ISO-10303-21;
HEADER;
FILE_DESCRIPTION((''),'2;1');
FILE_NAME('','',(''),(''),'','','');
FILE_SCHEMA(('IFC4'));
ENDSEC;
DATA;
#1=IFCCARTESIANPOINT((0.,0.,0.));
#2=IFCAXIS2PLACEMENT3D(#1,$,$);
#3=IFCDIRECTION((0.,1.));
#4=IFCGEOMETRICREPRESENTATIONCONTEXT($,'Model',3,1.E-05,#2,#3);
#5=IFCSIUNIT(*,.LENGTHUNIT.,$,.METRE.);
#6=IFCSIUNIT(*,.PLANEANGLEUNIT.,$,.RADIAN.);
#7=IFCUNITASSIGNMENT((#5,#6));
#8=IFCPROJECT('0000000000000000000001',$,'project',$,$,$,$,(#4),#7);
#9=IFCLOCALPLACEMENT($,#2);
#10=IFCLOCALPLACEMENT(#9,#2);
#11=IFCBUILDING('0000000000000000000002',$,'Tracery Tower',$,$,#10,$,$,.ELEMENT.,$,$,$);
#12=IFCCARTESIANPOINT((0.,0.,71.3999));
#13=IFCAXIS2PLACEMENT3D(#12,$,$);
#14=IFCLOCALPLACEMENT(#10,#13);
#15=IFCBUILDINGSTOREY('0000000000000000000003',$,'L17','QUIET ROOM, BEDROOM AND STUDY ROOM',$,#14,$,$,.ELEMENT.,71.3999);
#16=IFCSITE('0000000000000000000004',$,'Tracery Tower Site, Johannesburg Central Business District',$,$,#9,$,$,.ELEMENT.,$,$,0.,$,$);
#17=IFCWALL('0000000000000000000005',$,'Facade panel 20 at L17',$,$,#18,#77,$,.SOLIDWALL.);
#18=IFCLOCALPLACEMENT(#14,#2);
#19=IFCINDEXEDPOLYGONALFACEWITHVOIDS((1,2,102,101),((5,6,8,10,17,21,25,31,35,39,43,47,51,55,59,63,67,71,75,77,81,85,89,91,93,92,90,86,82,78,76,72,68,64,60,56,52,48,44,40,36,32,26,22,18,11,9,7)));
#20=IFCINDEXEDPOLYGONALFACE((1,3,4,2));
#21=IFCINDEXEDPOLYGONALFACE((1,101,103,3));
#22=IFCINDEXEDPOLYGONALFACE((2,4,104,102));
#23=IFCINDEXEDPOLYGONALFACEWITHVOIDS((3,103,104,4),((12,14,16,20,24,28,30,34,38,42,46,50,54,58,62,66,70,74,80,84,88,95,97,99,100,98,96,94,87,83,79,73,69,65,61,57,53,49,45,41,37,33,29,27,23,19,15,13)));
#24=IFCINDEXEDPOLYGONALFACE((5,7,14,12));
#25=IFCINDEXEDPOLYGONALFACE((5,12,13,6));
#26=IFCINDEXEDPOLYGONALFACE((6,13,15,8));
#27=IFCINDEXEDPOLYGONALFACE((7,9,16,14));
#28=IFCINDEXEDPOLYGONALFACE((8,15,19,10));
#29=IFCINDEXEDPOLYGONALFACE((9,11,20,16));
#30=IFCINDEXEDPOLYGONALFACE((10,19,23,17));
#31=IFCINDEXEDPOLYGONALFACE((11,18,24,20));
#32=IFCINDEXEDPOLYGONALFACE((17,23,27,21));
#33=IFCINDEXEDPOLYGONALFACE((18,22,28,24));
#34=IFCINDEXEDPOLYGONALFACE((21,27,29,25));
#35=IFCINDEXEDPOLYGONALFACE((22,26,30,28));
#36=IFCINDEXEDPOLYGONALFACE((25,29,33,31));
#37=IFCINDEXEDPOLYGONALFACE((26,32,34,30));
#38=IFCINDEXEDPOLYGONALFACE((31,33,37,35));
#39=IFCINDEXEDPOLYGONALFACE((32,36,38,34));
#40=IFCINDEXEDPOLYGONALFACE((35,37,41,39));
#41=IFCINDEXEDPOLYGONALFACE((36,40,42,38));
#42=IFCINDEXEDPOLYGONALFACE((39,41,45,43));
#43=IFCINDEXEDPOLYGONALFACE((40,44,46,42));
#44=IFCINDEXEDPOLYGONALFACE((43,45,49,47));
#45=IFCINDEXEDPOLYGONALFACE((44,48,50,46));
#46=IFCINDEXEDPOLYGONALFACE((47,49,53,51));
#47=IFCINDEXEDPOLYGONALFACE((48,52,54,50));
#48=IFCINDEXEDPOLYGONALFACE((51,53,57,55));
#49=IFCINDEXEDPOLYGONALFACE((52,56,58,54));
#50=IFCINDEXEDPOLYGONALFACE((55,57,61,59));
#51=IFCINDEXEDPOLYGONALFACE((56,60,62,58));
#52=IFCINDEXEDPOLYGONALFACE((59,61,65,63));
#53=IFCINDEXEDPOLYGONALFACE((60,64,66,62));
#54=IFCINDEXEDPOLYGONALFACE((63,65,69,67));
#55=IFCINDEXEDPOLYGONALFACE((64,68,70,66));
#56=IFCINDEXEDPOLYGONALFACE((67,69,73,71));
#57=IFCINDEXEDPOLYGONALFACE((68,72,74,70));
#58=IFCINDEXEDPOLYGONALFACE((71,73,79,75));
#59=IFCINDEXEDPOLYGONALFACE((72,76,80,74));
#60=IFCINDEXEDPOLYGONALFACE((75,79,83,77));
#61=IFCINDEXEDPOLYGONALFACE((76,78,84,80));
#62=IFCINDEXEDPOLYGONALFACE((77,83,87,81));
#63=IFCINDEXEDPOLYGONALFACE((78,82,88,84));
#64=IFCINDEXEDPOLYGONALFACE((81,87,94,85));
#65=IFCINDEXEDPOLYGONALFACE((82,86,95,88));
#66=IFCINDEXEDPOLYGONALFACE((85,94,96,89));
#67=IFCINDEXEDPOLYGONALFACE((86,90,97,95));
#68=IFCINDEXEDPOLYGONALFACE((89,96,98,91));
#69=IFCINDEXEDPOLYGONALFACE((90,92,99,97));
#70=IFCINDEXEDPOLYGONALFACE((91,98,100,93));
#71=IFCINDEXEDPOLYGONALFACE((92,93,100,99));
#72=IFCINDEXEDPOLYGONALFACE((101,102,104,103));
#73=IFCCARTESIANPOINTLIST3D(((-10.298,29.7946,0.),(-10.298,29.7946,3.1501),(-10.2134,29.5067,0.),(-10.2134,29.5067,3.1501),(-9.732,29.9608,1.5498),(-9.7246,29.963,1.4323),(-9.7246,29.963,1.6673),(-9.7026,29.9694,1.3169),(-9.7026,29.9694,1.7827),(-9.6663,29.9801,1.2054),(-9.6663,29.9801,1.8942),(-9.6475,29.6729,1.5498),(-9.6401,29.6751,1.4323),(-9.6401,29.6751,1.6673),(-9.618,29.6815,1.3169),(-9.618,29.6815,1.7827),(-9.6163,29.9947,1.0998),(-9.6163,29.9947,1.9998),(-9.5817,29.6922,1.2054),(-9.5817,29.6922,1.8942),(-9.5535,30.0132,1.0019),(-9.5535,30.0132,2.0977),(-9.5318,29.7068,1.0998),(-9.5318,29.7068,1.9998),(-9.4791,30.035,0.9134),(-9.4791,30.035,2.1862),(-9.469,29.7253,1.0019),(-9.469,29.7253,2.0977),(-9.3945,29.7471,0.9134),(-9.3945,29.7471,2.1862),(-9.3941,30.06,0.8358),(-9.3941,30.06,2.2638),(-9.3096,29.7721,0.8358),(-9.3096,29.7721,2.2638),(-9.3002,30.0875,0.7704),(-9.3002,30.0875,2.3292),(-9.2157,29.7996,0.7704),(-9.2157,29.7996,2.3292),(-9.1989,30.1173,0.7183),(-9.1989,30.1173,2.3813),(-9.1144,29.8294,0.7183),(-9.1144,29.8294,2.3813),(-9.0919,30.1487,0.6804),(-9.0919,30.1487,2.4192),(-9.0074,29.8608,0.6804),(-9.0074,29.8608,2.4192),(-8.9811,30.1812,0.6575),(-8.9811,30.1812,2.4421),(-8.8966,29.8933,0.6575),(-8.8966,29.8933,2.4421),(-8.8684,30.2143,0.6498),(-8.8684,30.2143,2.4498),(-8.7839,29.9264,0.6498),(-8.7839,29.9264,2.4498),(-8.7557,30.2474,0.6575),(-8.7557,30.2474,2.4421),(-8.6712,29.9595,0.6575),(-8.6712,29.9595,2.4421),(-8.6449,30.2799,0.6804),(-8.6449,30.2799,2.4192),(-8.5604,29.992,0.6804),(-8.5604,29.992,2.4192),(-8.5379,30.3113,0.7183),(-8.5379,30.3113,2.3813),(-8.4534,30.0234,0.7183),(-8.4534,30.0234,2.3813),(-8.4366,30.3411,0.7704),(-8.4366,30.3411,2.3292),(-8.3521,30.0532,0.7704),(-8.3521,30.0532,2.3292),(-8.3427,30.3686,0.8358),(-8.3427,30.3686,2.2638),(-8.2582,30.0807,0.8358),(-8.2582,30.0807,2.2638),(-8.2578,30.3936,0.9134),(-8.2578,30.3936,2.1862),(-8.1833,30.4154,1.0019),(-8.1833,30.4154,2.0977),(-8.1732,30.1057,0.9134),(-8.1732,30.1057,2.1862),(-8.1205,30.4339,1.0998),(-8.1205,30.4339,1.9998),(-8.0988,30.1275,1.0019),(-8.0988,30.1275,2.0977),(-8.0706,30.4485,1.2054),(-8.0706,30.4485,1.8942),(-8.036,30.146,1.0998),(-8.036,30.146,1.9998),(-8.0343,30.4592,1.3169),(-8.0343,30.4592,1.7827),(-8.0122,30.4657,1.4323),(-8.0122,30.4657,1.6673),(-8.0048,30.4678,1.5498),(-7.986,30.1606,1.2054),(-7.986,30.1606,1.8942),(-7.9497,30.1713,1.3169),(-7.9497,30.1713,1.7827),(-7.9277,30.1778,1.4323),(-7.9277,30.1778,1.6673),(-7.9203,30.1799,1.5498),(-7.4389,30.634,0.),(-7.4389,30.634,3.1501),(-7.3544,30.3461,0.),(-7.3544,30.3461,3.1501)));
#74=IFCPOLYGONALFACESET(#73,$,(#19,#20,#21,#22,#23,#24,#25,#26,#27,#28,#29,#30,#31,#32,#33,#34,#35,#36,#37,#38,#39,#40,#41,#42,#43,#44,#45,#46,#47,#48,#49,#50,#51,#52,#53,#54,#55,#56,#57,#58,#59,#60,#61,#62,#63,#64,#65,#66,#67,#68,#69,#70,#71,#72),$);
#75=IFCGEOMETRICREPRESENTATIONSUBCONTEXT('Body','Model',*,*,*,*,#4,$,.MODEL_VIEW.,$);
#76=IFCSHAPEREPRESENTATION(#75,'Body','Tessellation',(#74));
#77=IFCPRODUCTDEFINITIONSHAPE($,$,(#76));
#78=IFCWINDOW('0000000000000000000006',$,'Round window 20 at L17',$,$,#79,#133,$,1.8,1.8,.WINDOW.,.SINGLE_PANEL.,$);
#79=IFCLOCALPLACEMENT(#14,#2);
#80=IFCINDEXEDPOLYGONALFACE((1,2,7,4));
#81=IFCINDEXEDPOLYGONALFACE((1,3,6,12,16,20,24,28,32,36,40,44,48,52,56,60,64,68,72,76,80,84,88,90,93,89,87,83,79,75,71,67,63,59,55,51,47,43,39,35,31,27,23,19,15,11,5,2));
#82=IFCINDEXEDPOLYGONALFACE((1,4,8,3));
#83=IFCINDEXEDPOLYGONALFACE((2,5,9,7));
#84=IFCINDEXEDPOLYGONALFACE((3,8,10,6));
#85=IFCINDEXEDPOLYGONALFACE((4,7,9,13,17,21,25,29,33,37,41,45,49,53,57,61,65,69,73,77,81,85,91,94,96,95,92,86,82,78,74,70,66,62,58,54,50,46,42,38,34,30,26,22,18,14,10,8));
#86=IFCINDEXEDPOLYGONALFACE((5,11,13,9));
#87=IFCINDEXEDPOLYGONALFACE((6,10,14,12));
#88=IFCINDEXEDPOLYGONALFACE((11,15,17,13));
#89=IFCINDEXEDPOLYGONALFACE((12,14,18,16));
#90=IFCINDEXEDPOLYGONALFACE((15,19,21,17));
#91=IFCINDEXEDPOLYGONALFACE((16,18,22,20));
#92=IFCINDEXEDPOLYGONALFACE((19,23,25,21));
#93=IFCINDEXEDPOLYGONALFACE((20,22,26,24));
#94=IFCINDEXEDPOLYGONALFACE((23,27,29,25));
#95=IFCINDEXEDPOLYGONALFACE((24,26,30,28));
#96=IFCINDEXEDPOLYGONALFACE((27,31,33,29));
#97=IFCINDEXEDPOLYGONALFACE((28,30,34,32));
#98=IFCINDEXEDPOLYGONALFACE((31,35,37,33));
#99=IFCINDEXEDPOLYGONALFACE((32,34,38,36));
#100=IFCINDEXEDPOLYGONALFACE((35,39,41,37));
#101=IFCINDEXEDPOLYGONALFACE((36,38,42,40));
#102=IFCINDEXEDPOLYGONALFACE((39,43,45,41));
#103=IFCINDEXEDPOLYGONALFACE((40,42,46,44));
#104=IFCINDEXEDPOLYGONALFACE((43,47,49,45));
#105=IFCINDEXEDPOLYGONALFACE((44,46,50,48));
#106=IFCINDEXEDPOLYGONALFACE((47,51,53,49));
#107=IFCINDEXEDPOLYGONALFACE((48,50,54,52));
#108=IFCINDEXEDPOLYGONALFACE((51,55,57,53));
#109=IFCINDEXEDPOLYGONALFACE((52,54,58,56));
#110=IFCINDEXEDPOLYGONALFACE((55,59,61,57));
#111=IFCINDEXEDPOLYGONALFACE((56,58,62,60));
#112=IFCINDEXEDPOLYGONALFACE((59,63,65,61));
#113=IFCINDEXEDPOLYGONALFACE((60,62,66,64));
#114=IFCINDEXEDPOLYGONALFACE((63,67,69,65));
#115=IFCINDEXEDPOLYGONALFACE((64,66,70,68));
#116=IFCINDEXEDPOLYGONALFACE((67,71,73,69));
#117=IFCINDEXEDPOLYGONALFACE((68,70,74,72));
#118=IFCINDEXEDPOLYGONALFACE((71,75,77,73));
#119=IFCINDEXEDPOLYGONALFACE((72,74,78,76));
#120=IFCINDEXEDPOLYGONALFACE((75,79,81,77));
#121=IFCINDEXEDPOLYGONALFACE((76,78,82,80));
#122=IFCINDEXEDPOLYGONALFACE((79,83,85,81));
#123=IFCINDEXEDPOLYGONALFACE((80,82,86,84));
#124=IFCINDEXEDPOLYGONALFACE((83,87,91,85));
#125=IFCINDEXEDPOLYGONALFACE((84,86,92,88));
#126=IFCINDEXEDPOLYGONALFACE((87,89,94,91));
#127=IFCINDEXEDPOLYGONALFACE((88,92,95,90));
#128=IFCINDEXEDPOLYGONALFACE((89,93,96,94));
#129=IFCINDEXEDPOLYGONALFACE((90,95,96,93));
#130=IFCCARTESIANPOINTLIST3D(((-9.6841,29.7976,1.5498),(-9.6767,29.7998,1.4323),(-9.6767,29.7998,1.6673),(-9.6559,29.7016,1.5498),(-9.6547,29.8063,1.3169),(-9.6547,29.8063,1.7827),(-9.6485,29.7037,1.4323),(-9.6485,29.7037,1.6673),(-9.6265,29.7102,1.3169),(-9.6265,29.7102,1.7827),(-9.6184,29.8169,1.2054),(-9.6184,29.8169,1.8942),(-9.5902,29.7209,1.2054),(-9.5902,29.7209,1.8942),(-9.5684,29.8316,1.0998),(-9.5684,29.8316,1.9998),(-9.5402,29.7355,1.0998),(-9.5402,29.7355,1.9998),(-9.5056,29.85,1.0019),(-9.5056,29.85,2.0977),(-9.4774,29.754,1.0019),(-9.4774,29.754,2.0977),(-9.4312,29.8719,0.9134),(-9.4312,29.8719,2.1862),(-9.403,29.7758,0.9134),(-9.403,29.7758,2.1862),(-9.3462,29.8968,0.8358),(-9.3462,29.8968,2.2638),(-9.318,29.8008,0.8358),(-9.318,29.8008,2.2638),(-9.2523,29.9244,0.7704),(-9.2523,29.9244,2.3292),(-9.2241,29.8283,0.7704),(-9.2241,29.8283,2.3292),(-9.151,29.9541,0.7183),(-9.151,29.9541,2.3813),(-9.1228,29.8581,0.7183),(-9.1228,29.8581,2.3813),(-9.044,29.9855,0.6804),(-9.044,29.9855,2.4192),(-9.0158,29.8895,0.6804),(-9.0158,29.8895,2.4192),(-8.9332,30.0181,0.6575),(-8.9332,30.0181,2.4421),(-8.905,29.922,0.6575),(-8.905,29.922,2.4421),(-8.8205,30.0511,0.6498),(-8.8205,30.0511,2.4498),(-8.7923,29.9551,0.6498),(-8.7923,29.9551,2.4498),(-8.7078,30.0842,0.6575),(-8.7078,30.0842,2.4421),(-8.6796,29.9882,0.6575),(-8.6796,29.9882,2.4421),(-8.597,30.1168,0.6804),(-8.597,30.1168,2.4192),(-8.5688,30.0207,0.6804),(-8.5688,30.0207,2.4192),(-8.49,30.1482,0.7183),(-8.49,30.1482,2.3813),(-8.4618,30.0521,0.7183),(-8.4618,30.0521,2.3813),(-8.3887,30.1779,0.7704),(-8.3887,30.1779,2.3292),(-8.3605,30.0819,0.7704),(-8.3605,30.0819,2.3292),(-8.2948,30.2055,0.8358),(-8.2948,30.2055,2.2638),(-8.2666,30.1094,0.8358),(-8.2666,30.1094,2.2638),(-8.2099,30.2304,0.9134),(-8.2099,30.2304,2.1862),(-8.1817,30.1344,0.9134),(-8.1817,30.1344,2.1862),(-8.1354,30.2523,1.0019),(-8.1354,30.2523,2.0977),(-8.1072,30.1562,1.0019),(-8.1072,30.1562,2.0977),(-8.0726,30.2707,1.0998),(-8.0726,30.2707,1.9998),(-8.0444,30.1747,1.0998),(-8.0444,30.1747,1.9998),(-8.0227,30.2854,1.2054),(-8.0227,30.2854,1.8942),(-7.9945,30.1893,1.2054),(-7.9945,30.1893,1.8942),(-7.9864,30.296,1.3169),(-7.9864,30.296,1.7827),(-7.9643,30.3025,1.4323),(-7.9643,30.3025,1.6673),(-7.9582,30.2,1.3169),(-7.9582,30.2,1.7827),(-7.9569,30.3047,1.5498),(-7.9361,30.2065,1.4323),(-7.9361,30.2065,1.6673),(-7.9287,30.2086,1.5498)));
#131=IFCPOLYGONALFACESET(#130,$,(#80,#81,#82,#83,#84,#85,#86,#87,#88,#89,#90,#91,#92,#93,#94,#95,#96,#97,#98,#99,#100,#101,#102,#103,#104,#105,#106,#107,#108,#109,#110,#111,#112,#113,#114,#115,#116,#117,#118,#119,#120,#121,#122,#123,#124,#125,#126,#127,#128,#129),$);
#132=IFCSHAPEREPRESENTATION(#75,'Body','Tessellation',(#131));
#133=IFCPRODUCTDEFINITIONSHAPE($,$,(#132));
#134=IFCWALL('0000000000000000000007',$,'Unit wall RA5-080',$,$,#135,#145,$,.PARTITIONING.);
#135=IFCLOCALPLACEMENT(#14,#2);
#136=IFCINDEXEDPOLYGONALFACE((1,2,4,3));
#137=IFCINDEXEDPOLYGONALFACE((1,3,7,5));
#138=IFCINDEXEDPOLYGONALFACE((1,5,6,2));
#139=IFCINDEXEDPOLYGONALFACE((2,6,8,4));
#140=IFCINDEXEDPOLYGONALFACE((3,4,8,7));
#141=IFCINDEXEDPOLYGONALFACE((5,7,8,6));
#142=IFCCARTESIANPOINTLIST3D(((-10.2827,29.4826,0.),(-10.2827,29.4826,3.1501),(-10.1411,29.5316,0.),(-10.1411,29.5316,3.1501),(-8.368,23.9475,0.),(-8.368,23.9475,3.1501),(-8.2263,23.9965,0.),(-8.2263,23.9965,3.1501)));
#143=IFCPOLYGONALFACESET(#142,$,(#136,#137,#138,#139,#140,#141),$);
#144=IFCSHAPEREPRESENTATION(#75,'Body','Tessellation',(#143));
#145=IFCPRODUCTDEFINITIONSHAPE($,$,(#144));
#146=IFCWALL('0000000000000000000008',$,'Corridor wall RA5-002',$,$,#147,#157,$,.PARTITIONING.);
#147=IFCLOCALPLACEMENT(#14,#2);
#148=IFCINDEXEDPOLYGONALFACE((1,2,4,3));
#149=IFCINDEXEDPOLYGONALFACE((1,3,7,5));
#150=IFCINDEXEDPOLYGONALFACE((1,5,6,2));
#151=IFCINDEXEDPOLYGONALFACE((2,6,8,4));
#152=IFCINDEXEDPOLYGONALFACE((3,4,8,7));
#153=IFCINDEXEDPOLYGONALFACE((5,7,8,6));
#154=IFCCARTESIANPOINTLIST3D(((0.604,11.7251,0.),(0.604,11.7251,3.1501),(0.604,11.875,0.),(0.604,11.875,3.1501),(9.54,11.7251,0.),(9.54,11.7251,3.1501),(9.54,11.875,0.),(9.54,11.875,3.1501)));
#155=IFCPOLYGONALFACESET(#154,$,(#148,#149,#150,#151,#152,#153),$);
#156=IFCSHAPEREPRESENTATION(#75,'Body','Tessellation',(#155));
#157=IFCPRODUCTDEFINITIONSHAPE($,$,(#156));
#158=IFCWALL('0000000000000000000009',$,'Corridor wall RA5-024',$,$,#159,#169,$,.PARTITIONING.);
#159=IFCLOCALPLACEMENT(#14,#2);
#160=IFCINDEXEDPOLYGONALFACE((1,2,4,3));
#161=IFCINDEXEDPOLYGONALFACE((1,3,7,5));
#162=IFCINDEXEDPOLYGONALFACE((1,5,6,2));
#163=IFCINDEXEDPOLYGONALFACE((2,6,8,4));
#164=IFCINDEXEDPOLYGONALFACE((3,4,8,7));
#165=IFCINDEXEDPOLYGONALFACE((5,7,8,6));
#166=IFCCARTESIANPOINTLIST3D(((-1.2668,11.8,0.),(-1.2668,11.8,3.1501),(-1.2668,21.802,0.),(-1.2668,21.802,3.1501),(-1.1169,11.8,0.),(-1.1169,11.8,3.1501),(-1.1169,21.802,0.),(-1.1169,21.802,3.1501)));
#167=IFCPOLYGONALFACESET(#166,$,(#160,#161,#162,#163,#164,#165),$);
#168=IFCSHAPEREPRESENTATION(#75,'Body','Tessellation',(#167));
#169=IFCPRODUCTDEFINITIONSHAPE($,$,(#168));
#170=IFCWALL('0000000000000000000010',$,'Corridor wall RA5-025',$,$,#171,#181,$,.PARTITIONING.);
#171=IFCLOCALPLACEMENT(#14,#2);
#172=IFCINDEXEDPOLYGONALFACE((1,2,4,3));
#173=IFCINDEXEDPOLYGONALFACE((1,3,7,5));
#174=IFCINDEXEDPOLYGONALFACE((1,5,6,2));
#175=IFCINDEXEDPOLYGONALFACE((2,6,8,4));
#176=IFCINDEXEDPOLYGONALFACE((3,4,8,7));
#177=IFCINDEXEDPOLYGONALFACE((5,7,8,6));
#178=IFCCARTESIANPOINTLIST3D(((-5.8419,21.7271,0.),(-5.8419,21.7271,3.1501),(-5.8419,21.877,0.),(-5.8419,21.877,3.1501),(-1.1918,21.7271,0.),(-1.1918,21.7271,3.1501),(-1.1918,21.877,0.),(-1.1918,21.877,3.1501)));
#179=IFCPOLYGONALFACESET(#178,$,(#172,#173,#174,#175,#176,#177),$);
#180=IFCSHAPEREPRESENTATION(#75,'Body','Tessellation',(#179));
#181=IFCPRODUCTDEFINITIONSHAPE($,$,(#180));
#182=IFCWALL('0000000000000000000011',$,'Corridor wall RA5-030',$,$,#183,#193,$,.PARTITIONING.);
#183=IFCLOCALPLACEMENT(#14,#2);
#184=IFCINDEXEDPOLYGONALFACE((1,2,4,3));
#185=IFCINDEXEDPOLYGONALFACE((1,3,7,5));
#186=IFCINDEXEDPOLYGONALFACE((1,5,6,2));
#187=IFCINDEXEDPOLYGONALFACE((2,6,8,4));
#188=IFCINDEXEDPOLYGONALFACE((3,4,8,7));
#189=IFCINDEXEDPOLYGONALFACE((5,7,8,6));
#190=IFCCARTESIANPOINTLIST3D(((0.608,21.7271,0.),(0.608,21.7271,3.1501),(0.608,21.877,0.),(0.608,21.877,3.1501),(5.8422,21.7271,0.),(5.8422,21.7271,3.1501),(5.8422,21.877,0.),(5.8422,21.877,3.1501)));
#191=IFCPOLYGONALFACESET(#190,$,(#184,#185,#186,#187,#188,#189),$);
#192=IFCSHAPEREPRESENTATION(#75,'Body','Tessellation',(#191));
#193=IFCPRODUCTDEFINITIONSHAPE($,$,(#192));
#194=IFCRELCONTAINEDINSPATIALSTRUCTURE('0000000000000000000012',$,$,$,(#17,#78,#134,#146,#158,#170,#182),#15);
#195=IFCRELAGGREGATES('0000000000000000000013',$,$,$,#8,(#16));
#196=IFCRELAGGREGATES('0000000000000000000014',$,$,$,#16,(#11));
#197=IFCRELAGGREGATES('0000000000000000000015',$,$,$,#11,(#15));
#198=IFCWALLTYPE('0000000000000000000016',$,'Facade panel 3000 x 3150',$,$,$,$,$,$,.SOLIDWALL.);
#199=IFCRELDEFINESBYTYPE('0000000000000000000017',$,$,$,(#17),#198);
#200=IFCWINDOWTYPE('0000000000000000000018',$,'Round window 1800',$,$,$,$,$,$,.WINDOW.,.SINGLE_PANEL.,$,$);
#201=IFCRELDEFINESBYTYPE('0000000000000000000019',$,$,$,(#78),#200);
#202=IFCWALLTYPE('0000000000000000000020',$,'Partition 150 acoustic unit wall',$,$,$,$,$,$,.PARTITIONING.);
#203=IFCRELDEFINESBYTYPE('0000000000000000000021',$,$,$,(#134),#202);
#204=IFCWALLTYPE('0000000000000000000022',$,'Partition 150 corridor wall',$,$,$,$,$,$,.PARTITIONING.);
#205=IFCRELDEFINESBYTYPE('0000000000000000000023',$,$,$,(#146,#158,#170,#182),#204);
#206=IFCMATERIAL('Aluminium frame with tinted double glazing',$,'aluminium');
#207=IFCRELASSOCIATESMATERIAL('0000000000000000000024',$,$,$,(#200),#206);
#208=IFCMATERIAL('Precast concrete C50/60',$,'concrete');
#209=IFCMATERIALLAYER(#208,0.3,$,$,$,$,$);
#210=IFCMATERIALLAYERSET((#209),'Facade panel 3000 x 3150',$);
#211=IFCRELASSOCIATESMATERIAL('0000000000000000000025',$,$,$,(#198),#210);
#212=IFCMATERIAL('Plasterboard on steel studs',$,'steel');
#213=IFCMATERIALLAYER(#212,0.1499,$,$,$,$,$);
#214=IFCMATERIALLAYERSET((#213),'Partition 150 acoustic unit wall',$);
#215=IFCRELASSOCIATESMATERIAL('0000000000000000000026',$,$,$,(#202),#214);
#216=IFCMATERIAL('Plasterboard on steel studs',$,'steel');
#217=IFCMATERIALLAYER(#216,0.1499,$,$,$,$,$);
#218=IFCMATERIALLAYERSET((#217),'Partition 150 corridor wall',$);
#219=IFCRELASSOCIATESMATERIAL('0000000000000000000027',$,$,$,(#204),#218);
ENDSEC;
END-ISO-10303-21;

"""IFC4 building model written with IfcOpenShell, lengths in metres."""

from ifc_helpers import new_model, si_unit, direction, frame, frame_2d, origin, origin_2d, place, context, subcontext, project, spatial, rectangle, circle, extrude, material, layer, layer_set, type_object, element, fill, save


model = new_model("IFC4")

# Units and contexts
model_context = context("Model", 3, precision=1e-05, world=origin(), true_north=direction((0.0, 1.0)))
body_context = subcontext(model_context, "Body", "Model", "MODEL_VIEW")
ifc_project = project(units=[si_unit("LENGTHUNIT", "METRE"), si_unit("PLANEANGLEUNIT", "RADIAN")], contexts=[model_context])

# Site, building, storey
site_placement = place(None, origin())
site = spatial("IfcSite", under=ifc_project, at=site_placement, Name="Tracery Tower Site, Johannesburg Central Business District", CompositionType="ELEMENT", RefElevation=0.0)
building_placement = place(site_placement, origin())
building = spatial("IfcBuilding", under=site, at=building_placement, Name="Tracery Tower", CompositionType="ELEMENT")
storey_placement = place(building_placement, frame((0.0, 0.0, 71.3999)))
storey = spatial("IfcBuildingStorey", under=building, at=storey_placement, Name="L17", Description="QUIET ROOM, BEDROOM AND STUDY ROOM", CompositionType="ELEMENT", Elevation=71.3999)

# Wall, opening, window
ifc_material_1 = material(Name="Aluminium frame with tinted double glazing", Category="aluminium")
window_type = type_object("IfcWindowType", Name="Round window 1800", PartitioningType="SINGLE_PANEL", PredefinedType="WINDOW", material=ifc_material_1)
ifc_material_2 = material(Name="Precast concrete C50/60", Category="concrete")
ifc_layer_1 = layer(ifc_material_2, 0.3)
ifc_layer_set_1 = layer_set([ifc_layer_1], Name="Facade panel 3000 x 3150")
wall_type_1 = type_object("IfcWallType", Name="Facade panel 3000 x 3150", PredefinedType="SOLIDWALL", material=ifc_layer_set_1)
wall_1_placement = place(storey_placement, frame((-7.3967, 30.49, 0.0), z_axis=(0.0, 0.0, 1.0), x_axis=(-0.959508, -0.281683, 0.0)))
wall_1 = element("IfcWall", 1, at=wall_1_placement, inside=storey, type_object=wall_type_1, Name="Facade panel 20 at L17", PredefinedType="SOLIDWALL", context=body_context, shape_type="SweptSolid", body=[
    extrude(rectangle(XDim=2.9797, YDim=0.3, at=frame_2d((1.4897, 0.0))), origin(), (0.0, 0.0, 1.0), 3.1501),
])
opening_1_placement = place(wall_1_placement, frame((1.4897, 0.0, 1.5498)))
opening_1 = element("IfcOpeningElement", 2, at=opening_1_placement, cuts=wall_1, PredefinedType="OPENING", context=body_context, shape_type="SweptSolid", body=[
    extrude(circle(Radius=0.9, at=origin_2d()), frame((0.0, 0.1599, 0.0), z_axis=(0.0, -1.0, 0.0), x_axis=(1.0, 0.0, 0.0)), (0.0, 0.0, 1.0), 0.3201),
])
window_1_placement = place(opening_1_placement, origin())
window_1 = element("IfcWindow", 3, at=window_1_placement, inside=storey, type_object=window_type, Name="Round window 20 at L17", OverallHeight=1.8, OverallWidth=1.8, PartitioningType="SINGLE_PANEL", PredefinedType="WINDOW", context=body_context, shape_type="SweptSolid", body=[
    extrude(circle(Radius=0.9, at=origin_2d()), frame((0.0, 0.1201, 0.0), z_axis=(0.0, -1.0, 0.0), x_axis=(1.0, 0.0, 0.0)), (0.0, 0.0, 1.0), 0.1001),
])
fill(opening_1, window_1)

# Walls
ifc_material_3 = material(Name="Plasterboard on steel studs", Category="steel")
ifc_layer_2 = layer(ifc_material_3, 0.1499)
ifc_layer_set_2 = layer_set([ifc_layer_2], Name="Partition 150 acoustic unit wall")
wall_type_2 = type_object("IfcWallType", Name="Partition 150 acoustic unit wall", PredefinedType="PARTITIONING", material=ifc_layer_set_2)
wall_2_placement = place(storey_placement, frame((-10.2119, 29.5071, 0.0), z_axis=(0.0, 0.0, 1.0), x_axis=(0.326924, -0.94505, 0.0)))
element("IfcWall", 4, at=wall_2_placement, inside=storey, type_object=wall_type_2, Name="Unit wall RA5-080", PredefinedType="PARTITIONING", context=body_context, shape_type="SweptSolid", body=[
    extrude(rectangle(XDim=5.8569, YDim=0.1499, at=frame_2d((2.9285, 0.0))), origin(), (0.0, 0.0, 1.0), 3.1501),
])
ifc_material_4 = material(Name="Plasterboard on steel studs", Category="steel")
ifc_layer_3 = layer(ifc_material_4, 0.1499)
ifc_layer_set_3 = layer_set([ifc_layer_3], Name="Partition 150 corridor wall")
wall_type_3 = type_object("IfcWallType", Name="Partition 150 corridor wall", PredefinedType="PARTITIONING", material=ifc_layer_set_3)
wall_3_placement = place(storey_placement, frame((0.604, 11.8, 0.0), z_axis=(0.0, 0.0, 1.0), x_axis=(1.0, 0.0, 0.0)))
element("IfcWall", 5, at=wall_3_placement, inside=storey, type_object=wall_type_3, Name="Corridor wall RA5-002", PredefinedType="PARTITIONING", context=body_context, shape_type="SweptSolid", body=[
    extrude(rectangle(XDim=8.936, YDim=0.1499, at=frame_2d((4.468, 0.0))), origin(), (0.0, 0.0, 1.0), 3.1501),
])
wall_4_placement = place(storey_placement, frame((-1.1919, 11.8, 0.0), z_axis=(0.0, 0.0, 1.0), x_axis=(0.0, 1.0, 0.0)))
element("IfcWall", 6, at=wall_4_placement, inside=storey, type_object=wall_type_3, Name="Corridor wall RA5-024", PredefinedType="PARTITIONING", context=body_context, shape_type="SweptSolid", body=[
    extrude(rectangle(XDim=10.002, YDim=0.1499, at=frame_2d((5.001, 0.0))), origin(), (0.0, 0.0, 1.0), 3.1501),
])
wall_5_placement = place(storey_placement, frame((-5.842, 21.802, 0.0), z_axis=(0.0, 0.0, 1.0), x_axis=(1.0, 0.0, 0.0)))
element("IfcWall", 7, at=wall_5_placement, inside=storey, type_object=wall_type_3, Name="Corridor wall RA5-025", PredefinedType="PARTITIONING", context=body_context, shape_type="SweptSolid", body=[
    extrude(rectangle(XDim=4.6501, YDim=0.1499, at=frame_2d((2.3252, 0.0))), origin(), (0.0, 0.0, 1.0), 3.1501),
])
wall_6_placement = place(storey_placement, frame((0.6079, 21.802, 0.0), z_axis=(0.0, 0.0, 1.0), x_axis=(1.0, 0.0, 0.0)))
element("IfcWall", 8, at=wall_6_placement, inside=storey, type_object=wall_type_3, Name="Corridor wall RA5-030", PredefinedType="PARTITIONING", context=body_context, shape_type="SweptSolid", body=[
    extrude(rectangle(XDim=5.2341, YDim=0.1499, at=frame_2d((2.6172, 0.0))), origin(), (0.0, 0.0, 1.0), 3.1501),
])

save(model, "model.ifc")
